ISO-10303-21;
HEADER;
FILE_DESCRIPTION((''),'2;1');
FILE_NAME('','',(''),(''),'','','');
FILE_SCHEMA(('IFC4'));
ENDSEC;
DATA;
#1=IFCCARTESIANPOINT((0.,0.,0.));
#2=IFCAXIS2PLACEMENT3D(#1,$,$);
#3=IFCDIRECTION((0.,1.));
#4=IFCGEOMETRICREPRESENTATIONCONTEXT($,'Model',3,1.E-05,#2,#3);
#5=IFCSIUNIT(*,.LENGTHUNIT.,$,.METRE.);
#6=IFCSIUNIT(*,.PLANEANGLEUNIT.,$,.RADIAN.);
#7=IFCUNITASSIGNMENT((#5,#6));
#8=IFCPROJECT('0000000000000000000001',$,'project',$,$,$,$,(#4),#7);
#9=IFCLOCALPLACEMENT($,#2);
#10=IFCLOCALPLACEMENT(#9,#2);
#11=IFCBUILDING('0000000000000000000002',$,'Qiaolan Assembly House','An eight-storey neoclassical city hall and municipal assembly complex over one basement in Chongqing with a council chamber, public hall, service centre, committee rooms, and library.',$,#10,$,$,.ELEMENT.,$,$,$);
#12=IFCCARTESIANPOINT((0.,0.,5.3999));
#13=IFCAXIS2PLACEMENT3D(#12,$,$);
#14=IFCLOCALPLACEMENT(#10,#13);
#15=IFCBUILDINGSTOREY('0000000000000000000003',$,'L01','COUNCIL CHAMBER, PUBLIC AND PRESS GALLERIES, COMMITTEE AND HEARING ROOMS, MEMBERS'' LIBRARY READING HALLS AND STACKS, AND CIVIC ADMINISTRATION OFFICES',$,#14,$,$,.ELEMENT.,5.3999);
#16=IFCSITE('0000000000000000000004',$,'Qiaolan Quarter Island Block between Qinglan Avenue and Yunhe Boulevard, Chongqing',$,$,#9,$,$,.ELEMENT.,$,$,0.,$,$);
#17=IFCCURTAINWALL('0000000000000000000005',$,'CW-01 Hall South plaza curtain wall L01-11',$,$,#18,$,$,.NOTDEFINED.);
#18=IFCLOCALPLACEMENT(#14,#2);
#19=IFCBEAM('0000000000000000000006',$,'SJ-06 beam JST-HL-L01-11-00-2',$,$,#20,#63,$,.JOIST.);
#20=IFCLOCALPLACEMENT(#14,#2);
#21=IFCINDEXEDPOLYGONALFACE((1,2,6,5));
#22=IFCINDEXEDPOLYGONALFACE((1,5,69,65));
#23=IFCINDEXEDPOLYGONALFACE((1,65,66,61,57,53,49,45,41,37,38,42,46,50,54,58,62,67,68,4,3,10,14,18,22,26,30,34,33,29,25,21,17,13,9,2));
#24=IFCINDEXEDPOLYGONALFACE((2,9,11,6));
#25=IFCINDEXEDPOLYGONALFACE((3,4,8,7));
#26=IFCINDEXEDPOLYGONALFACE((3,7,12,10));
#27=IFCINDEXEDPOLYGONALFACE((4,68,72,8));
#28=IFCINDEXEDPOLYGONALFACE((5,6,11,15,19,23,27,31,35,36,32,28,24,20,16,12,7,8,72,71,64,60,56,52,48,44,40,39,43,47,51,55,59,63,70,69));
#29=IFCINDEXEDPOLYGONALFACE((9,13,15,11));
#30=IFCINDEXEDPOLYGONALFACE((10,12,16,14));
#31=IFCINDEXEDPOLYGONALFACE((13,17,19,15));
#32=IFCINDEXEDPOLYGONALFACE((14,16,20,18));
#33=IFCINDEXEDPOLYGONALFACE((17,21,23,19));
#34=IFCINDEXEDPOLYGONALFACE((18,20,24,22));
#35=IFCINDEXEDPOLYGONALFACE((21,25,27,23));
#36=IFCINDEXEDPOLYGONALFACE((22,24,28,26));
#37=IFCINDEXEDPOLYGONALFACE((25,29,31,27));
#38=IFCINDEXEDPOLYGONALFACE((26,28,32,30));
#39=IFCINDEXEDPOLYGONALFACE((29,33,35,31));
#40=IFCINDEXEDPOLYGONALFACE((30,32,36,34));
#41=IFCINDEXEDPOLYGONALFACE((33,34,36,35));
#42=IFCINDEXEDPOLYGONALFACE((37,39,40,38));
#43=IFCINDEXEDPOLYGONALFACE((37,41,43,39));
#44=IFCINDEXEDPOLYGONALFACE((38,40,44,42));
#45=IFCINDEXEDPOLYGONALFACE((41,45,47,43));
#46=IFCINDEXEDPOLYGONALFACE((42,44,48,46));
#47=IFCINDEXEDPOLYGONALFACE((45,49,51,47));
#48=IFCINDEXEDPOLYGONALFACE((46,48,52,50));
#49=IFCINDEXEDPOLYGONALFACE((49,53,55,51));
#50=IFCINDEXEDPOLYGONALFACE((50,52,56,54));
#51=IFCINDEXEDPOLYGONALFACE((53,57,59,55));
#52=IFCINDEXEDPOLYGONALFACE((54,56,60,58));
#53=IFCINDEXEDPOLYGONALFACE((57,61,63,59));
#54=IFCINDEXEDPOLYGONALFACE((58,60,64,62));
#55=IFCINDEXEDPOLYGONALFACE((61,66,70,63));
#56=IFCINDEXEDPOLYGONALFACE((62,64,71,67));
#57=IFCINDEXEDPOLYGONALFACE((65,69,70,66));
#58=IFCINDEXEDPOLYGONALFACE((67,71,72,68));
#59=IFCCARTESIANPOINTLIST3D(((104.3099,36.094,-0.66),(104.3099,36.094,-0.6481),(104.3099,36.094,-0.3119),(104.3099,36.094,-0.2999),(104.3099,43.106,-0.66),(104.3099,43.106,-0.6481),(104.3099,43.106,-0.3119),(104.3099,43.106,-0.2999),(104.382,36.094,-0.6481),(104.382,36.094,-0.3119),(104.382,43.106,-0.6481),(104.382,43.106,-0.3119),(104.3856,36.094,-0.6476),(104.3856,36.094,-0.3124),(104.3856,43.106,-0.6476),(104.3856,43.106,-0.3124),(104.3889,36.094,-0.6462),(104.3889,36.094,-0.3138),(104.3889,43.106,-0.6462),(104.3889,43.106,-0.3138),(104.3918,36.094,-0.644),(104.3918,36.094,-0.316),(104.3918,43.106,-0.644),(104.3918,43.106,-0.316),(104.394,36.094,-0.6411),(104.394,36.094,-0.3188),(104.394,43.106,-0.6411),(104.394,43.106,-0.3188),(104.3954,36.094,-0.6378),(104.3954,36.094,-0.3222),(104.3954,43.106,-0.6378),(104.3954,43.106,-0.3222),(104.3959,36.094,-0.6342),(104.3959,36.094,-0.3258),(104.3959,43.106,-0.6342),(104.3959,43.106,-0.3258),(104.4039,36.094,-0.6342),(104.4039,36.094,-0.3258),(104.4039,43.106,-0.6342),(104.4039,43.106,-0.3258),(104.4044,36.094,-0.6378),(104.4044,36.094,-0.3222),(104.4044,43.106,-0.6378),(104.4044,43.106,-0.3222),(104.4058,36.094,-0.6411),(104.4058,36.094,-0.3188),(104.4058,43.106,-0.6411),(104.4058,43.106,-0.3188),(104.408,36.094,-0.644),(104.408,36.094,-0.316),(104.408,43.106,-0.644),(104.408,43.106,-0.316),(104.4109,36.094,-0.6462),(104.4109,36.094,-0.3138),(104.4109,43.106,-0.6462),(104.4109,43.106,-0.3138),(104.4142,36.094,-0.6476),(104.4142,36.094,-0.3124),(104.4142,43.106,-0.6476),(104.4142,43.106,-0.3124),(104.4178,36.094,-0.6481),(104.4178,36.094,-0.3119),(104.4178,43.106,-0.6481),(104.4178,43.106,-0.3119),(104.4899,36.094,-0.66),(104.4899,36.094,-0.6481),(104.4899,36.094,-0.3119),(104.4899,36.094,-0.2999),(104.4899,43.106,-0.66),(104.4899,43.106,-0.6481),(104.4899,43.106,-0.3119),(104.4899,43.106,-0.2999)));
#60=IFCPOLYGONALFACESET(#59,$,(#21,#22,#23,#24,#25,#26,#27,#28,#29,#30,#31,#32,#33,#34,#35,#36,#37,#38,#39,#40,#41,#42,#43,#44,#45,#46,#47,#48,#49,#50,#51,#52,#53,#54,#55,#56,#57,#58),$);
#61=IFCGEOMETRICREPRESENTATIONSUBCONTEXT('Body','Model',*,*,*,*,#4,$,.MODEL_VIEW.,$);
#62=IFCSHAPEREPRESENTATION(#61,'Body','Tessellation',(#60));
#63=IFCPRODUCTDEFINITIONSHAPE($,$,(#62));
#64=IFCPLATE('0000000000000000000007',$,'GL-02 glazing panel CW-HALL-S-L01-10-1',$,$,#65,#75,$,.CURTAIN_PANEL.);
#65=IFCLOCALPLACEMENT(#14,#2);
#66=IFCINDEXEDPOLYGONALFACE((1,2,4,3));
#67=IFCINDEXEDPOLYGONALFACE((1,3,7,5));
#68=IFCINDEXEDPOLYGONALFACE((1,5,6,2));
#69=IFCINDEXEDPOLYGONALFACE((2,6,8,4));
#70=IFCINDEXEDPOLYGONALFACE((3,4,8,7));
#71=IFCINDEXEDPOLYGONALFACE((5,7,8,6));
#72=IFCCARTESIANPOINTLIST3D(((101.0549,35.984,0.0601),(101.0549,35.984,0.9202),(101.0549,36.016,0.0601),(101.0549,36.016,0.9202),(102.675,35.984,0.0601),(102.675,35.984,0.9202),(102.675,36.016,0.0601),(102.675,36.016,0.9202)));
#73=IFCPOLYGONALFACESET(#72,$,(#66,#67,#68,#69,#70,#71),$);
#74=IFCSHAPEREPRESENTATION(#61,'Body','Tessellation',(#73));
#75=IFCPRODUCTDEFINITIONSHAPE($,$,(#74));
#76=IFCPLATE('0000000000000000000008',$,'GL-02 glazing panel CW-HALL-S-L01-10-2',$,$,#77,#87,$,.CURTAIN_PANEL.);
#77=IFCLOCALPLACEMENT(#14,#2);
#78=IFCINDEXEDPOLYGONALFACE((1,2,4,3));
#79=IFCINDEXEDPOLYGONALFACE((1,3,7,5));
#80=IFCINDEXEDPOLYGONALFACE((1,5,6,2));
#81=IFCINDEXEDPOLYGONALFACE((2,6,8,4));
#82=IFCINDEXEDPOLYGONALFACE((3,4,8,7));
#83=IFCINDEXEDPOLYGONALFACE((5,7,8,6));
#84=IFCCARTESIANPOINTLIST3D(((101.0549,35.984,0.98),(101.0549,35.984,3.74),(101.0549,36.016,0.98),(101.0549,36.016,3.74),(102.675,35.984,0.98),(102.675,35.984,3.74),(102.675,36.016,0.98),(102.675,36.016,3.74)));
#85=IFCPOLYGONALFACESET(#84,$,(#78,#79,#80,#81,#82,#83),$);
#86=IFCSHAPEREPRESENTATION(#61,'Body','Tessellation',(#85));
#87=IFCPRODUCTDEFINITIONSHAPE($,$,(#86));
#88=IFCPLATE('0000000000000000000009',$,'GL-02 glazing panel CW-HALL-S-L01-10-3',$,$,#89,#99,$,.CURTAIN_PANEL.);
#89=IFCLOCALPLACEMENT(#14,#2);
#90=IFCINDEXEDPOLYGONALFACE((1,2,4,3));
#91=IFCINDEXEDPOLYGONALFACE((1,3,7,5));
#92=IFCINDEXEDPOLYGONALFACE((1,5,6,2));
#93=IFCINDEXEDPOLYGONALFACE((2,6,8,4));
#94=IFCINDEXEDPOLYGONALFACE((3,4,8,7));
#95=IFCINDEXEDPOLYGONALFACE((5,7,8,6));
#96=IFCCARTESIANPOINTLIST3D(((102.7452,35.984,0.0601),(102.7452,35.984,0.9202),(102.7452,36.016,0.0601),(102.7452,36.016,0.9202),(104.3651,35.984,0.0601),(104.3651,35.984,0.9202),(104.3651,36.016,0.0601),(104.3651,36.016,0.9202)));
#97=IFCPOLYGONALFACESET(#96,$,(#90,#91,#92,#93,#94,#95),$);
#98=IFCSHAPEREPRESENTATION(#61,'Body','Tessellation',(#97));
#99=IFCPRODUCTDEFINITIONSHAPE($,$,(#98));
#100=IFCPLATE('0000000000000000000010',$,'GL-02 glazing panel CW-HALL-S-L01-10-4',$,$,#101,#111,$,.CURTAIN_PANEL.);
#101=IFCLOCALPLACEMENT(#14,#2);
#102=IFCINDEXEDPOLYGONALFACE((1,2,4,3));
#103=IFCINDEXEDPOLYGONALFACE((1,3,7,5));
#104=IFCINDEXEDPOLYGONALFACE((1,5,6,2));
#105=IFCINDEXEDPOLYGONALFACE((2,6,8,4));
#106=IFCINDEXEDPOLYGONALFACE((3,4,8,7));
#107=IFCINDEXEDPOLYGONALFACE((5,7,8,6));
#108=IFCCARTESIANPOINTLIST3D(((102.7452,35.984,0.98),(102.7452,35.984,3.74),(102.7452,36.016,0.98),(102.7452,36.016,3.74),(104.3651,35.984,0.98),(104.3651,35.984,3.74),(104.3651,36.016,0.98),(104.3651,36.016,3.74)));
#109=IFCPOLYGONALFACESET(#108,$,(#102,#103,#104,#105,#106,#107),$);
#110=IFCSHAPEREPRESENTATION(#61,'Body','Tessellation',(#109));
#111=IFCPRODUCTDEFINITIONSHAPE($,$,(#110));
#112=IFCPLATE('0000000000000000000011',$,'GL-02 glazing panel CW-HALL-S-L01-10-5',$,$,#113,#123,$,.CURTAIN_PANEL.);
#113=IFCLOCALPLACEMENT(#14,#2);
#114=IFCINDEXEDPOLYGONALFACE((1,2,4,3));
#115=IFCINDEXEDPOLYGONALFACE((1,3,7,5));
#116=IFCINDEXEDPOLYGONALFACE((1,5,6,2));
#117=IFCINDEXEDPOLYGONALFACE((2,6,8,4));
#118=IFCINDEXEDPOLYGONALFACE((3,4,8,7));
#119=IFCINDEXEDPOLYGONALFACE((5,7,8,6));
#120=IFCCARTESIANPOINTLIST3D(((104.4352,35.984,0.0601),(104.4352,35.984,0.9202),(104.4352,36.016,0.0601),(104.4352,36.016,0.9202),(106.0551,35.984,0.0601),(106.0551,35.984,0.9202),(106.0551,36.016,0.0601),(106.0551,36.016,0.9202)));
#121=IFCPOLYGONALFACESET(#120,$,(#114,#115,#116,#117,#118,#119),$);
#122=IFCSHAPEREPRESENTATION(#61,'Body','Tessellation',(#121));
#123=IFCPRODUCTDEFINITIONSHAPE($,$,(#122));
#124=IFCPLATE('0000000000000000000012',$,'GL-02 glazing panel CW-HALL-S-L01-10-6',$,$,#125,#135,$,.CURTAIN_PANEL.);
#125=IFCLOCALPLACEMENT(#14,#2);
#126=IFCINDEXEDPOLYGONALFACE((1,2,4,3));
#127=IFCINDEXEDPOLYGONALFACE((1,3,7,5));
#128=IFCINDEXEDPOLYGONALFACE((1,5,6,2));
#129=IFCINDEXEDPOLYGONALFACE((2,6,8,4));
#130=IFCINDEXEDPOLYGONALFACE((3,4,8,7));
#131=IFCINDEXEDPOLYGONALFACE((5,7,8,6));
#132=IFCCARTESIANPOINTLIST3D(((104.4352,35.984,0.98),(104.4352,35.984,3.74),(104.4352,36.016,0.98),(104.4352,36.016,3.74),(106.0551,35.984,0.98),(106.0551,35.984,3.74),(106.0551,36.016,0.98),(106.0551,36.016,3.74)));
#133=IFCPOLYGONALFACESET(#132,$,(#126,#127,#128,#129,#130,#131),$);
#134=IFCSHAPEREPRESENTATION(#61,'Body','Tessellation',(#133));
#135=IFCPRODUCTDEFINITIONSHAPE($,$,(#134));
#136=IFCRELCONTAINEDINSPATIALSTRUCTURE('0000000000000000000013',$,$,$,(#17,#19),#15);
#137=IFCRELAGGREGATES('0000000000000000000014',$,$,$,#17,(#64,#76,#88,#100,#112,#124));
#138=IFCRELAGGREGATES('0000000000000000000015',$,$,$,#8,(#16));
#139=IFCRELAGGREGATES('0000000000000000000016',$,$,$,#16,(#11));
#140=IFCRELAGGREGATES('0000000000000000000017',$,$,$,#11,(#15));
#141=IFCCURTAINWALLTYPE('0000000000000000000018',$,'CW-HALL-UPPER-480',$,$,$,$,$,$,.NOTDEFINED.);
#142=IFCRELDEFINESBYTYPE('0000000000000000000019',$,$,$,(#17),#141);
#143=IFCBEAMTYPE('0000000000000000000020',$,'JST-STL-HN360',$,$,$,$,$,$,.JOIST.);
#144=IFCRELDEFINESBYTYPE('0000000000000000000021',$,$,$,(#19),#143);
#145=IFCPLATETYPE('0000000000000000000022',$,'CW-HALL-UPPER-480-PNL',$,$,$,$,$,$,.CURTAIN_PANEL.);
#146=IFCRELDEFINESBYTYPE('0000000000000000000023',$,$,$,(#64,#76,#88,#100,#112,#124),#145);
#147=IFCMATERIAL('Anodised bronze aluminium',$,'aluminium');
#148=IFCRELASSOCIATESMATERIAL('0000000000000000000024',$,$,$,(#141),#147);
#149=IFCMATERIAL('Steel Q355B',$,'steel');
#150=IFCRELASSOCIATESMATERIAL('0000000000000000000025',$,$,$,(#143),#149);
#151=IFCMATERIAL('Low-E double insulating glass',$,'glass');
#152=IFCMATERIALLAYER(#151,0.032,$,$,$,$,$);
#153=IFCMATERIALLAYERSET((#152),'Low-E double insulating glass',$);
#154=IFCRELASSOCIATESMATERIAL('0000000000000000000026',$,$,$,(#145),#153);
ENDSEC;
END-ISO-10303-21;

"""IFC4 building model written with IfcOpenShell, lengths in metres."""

from ifc_helpers import new_model, si_unit, direction, frame, frame_2d, origin, origin_2d, place, context, subcontext, project, spatial, rectangle, i_section, extrude, material, layer, layer_set, material_profile, profile_set, type_object, element, aggregate, save


model = new_model("IFC4")

# Units and contexts
model_context = context("Model", 3, precision=1e-05, world=origin(), true_north=direction((0.0, 1.0)))
body_context = subcontext(model_context, "Body", "Model", "MODEL_VIEW")
ifc_project = project(units=[si_unit("LENGTHUNIT", "METRE"), si_unit("PLANEANGLEUNIT", "RADIAN")], contexts=[model_context])

# Site, building, storey
site_placement = place(None, origin())
site = spatial("IfcSite", under=ifc_project, at=site_placement, Name="Qiaolan Quarter Island Block between Qinglan Avenue and Yunhe Boulevard, Chongqing", CompositionType="ELEMENT", RefElevation=0.0)
building_placement = place(site_placement, origin())
building = spatial("IfcBuilding", under=site, at=building_placement, Name="Qiaolan Assembly House", Description="An eight-storey neoclassical city hall and municipal assembly complex over one basement in Chongqing with a council chamber, public hall, service centre, committee rooms, and library.", CompositionType="ELEMENT")
storey_placement = place(building_placement, frame((0.0, 0.0, 5.3999)))
storey = spatial("IfcBuildingStorey", under=building, at=storey_placement, Name="L01", Description="COUNCIL CHAMBER, PUBLIC AND PRESS GALLERIES, COMMITTEE AND HEARING ROOMS, MEMBERS' LIBRARY READING HALLS AND STACKS, AND CIVIC ADMINISTRATION OFFICES", CompositionType="ELEMENT", Elevation=5.3999)

# Shared definitions
ifc_material_1 = material(Name="Steel Q355B", Category="steel")

# Curtain wall
ifc_material_2 = material(Name="Anodised bronze aluminium", Category="aluminium")
curtain_wall_type = type_object("IfcCurtainWallType", Name="CW-HALL-UPPER-480", PredefinedType="NOTDEFINED", material=ifc_material_2)
curtain_wall_placement = place(storey_placement, origin())
curtain_wall = element("IfcCurtainWall", 1, at=curtain_wall_placement, inside=storey, type_object=curtain_wall_type, Name="CW-01 Hall South plaza curtain wall L01-11", PredefinedType="NOTDEFINED")

# Beam
ifc_material_profile_1 = material_profile(ifc_material_1, i_section(OverallWidth=0.1799, OverallDepth=0.3601, WebThickness=0.0081, FlangeThickness=0.012, FilletRadius=0.0139, at=origin_2d()), Name="HN 360x180x8x12")
ifc_profile_set_1 = profile_set([ifc_material_profile_1], Name="Steel Q355B")
beam_type_1 = type_object("IfcBeamType", Name="JST-STL-HN360", PredefinedType="JOIST", material=ifc_profile_set_1)
for number, where, z_axis, x_axis, name in (
    (2, (104.3999, 36.094, -0.48), (0.0, 1.0, 0.0), (-1.0, 0.0, 0.0), "SJ-06 beam JST-HL-L01-11-00-2"),
):
    element("IfcBeam", number, at=place(storey_placement, frame(where, z_axis=z_axis, x_axis=x_axis)), inside=storey, type_object=beam_type_1, Name=name, PredefinedType="JOIST", context=body_context, shape_type="SweptSolid", body=[
        extrude(i_section(OverallWidth=0.1799, OverallDepth=0.3601, WebThickness=0.0081, FlangeThickness=0.012, FilletRadius=0.0139, at=origin_2d()), origin(), (0.0, 0.0, 1.0), 7.012),
    ])

# Plates
ifc_material_3 = material(Name="Low-E double insulating glass", Category="glass")
ifc_layer = layer(ifc_material_3, 0.032)
ifc_layer_set = layer_set([ifc_layer], Name="Low-E double insulating glass")
plate_type = type_object("IfcPlateType", Name="CW-HALL-UPPER-480-PNL", PredefinedType="CURTAIN_PANEL", material=ifc_layer_set)
plate_1_placement = place(storey_placement, frame((101.0549, 36.0, 0.0601), z_axis=(0.0, 0.0, 1.0), x_axis=(1.0, 0.0, 0.0)))
plate_1 = element("IfcPlate", 3, at=plate_1_placement, type_object=plate_type, Name="GL-02 glazing panel CW-HALL-S-L01-10-1", PredefinedType="CURTAIN_PANEL", context=body_context, shape_type="SweptSolid", body=[
    extrude(rectangle(XDim=1.6201, YDim=0.032, at=frame_2d((0.8101, 0.0))), origin(), (0.0, 0.0, 1.0), 0.8601),
])
plate_2_placement = place(storey_placement, frame((101.0549, 36.0, 0.98), z_axis=(0.0, 0.0, 1.0), x_axis=(1.0, 0.0, 0.0)))
plate_2 = element("IfcPlate", 4, at=plate_2_placement, type_object=plate_type, Name="GL-02 glazing panel CW-HALL-S-L01-10-2", PredefinedType="CURTAIN_PANEL", context=body_context, shape_type="SweptSolid", body=[
    extrude(rectangle(XDim=1.6201, YDim=0.032, at=frame_2d((0.8101, 0.0))), origin(), (0.0, 0.0, 1.0), 2.76),
])
plate_3_placement = place(storey_placement, frame((102.7451, 36.0, 0.0601), z_axis=(0.0, 0.0, 1.0), x_axis=(1.0, 0.0, 0.0)))
plate_3 = element("IfcPlate", 5, at=plate_3_placement, type_object=plate_type, Name="GL-02 glazing panel CW-HALL-S-L01-10-3", PredefinedType="CURTAIN_PANEL", context=body_context, shape_type="SweptSolid", body=[
    extrude(rectangle(XDim=1.6199, YDim=0.032, at=frame_2d((0.8101, 0.0))), origin(), (0.0, 0.0, 1.0), 0.8601),
])
plate_4_placement = place(storey_placement, frame((102.7451, 36.0, 0.98), z_axis=(0.0, 0.0, 1.0), x_axis=(1.0, 0.0, 0.0)))
plate_4 = element("IfcPlate", 6, at=plate_4_placement, type_object=plate_type, Name="GL-02 glazing panel CW-HALL-S-L01-10-4", PredefinedType="CURTAIN_PANEL", context=body_context, shape_type="SweptSolid", body=[
    extrude(rectangle(XDim=1.6199, YDim=0.032, at=frame_2d((0.8101, 0.0))), origin(), (0.0, 0.0, 1.0), 2.76),
])
plate_5_placement = place(storey_placement, frame((104.4351, 36.0, 0.0601), z_axis=(0.0, 0.0, 1.0), x_axis=(1.0, 0.0, 0.0)))
plate_5 = element("IfcPlate", 7, at=plate_5_placement, type_object=plate_type, Name="GL-02 glazing panel CW-HALL-S-L01-10-5", PredefinedType="CURTAIN_PANEL", context=body_context, shape_type="SweptSolid", body=[
    extrude(rectangle(XDim=1.6199, YDim=0.032, at=frame_2d((0.8101, 0.0))), origin(), (0.0, 0.0, 1.0), 0.8601),
])
plate_6_placement = place(storey_placement, frame((104.4351, 36.0, 0.98), z_axis=(0.0, 0.0, 1.0), x_axis=(1.0, 0.0, 0.0)))
plate_6 = element("IfcPlate", 8, at=plate_6_placement, type_object=plate_type, Name="GL-02 glazing panel CW-HALL-S-L01-10-6", PredefinedType="CURTAIN_PANEL", context=body_context, shape_type="SweptSolid", body=[
    extrude(rectangle(XDim=1.6199, YDim=0.032, at=frame_2d((0.8101, 0.0))), origin(), (0.0, 0.0, 1.0), 2.76),
])
aggregate(curtain_wall, [plate_1, plate_2, plate_3, plate_4, plate_5, plate_6])

save(model, "model.ifc")
